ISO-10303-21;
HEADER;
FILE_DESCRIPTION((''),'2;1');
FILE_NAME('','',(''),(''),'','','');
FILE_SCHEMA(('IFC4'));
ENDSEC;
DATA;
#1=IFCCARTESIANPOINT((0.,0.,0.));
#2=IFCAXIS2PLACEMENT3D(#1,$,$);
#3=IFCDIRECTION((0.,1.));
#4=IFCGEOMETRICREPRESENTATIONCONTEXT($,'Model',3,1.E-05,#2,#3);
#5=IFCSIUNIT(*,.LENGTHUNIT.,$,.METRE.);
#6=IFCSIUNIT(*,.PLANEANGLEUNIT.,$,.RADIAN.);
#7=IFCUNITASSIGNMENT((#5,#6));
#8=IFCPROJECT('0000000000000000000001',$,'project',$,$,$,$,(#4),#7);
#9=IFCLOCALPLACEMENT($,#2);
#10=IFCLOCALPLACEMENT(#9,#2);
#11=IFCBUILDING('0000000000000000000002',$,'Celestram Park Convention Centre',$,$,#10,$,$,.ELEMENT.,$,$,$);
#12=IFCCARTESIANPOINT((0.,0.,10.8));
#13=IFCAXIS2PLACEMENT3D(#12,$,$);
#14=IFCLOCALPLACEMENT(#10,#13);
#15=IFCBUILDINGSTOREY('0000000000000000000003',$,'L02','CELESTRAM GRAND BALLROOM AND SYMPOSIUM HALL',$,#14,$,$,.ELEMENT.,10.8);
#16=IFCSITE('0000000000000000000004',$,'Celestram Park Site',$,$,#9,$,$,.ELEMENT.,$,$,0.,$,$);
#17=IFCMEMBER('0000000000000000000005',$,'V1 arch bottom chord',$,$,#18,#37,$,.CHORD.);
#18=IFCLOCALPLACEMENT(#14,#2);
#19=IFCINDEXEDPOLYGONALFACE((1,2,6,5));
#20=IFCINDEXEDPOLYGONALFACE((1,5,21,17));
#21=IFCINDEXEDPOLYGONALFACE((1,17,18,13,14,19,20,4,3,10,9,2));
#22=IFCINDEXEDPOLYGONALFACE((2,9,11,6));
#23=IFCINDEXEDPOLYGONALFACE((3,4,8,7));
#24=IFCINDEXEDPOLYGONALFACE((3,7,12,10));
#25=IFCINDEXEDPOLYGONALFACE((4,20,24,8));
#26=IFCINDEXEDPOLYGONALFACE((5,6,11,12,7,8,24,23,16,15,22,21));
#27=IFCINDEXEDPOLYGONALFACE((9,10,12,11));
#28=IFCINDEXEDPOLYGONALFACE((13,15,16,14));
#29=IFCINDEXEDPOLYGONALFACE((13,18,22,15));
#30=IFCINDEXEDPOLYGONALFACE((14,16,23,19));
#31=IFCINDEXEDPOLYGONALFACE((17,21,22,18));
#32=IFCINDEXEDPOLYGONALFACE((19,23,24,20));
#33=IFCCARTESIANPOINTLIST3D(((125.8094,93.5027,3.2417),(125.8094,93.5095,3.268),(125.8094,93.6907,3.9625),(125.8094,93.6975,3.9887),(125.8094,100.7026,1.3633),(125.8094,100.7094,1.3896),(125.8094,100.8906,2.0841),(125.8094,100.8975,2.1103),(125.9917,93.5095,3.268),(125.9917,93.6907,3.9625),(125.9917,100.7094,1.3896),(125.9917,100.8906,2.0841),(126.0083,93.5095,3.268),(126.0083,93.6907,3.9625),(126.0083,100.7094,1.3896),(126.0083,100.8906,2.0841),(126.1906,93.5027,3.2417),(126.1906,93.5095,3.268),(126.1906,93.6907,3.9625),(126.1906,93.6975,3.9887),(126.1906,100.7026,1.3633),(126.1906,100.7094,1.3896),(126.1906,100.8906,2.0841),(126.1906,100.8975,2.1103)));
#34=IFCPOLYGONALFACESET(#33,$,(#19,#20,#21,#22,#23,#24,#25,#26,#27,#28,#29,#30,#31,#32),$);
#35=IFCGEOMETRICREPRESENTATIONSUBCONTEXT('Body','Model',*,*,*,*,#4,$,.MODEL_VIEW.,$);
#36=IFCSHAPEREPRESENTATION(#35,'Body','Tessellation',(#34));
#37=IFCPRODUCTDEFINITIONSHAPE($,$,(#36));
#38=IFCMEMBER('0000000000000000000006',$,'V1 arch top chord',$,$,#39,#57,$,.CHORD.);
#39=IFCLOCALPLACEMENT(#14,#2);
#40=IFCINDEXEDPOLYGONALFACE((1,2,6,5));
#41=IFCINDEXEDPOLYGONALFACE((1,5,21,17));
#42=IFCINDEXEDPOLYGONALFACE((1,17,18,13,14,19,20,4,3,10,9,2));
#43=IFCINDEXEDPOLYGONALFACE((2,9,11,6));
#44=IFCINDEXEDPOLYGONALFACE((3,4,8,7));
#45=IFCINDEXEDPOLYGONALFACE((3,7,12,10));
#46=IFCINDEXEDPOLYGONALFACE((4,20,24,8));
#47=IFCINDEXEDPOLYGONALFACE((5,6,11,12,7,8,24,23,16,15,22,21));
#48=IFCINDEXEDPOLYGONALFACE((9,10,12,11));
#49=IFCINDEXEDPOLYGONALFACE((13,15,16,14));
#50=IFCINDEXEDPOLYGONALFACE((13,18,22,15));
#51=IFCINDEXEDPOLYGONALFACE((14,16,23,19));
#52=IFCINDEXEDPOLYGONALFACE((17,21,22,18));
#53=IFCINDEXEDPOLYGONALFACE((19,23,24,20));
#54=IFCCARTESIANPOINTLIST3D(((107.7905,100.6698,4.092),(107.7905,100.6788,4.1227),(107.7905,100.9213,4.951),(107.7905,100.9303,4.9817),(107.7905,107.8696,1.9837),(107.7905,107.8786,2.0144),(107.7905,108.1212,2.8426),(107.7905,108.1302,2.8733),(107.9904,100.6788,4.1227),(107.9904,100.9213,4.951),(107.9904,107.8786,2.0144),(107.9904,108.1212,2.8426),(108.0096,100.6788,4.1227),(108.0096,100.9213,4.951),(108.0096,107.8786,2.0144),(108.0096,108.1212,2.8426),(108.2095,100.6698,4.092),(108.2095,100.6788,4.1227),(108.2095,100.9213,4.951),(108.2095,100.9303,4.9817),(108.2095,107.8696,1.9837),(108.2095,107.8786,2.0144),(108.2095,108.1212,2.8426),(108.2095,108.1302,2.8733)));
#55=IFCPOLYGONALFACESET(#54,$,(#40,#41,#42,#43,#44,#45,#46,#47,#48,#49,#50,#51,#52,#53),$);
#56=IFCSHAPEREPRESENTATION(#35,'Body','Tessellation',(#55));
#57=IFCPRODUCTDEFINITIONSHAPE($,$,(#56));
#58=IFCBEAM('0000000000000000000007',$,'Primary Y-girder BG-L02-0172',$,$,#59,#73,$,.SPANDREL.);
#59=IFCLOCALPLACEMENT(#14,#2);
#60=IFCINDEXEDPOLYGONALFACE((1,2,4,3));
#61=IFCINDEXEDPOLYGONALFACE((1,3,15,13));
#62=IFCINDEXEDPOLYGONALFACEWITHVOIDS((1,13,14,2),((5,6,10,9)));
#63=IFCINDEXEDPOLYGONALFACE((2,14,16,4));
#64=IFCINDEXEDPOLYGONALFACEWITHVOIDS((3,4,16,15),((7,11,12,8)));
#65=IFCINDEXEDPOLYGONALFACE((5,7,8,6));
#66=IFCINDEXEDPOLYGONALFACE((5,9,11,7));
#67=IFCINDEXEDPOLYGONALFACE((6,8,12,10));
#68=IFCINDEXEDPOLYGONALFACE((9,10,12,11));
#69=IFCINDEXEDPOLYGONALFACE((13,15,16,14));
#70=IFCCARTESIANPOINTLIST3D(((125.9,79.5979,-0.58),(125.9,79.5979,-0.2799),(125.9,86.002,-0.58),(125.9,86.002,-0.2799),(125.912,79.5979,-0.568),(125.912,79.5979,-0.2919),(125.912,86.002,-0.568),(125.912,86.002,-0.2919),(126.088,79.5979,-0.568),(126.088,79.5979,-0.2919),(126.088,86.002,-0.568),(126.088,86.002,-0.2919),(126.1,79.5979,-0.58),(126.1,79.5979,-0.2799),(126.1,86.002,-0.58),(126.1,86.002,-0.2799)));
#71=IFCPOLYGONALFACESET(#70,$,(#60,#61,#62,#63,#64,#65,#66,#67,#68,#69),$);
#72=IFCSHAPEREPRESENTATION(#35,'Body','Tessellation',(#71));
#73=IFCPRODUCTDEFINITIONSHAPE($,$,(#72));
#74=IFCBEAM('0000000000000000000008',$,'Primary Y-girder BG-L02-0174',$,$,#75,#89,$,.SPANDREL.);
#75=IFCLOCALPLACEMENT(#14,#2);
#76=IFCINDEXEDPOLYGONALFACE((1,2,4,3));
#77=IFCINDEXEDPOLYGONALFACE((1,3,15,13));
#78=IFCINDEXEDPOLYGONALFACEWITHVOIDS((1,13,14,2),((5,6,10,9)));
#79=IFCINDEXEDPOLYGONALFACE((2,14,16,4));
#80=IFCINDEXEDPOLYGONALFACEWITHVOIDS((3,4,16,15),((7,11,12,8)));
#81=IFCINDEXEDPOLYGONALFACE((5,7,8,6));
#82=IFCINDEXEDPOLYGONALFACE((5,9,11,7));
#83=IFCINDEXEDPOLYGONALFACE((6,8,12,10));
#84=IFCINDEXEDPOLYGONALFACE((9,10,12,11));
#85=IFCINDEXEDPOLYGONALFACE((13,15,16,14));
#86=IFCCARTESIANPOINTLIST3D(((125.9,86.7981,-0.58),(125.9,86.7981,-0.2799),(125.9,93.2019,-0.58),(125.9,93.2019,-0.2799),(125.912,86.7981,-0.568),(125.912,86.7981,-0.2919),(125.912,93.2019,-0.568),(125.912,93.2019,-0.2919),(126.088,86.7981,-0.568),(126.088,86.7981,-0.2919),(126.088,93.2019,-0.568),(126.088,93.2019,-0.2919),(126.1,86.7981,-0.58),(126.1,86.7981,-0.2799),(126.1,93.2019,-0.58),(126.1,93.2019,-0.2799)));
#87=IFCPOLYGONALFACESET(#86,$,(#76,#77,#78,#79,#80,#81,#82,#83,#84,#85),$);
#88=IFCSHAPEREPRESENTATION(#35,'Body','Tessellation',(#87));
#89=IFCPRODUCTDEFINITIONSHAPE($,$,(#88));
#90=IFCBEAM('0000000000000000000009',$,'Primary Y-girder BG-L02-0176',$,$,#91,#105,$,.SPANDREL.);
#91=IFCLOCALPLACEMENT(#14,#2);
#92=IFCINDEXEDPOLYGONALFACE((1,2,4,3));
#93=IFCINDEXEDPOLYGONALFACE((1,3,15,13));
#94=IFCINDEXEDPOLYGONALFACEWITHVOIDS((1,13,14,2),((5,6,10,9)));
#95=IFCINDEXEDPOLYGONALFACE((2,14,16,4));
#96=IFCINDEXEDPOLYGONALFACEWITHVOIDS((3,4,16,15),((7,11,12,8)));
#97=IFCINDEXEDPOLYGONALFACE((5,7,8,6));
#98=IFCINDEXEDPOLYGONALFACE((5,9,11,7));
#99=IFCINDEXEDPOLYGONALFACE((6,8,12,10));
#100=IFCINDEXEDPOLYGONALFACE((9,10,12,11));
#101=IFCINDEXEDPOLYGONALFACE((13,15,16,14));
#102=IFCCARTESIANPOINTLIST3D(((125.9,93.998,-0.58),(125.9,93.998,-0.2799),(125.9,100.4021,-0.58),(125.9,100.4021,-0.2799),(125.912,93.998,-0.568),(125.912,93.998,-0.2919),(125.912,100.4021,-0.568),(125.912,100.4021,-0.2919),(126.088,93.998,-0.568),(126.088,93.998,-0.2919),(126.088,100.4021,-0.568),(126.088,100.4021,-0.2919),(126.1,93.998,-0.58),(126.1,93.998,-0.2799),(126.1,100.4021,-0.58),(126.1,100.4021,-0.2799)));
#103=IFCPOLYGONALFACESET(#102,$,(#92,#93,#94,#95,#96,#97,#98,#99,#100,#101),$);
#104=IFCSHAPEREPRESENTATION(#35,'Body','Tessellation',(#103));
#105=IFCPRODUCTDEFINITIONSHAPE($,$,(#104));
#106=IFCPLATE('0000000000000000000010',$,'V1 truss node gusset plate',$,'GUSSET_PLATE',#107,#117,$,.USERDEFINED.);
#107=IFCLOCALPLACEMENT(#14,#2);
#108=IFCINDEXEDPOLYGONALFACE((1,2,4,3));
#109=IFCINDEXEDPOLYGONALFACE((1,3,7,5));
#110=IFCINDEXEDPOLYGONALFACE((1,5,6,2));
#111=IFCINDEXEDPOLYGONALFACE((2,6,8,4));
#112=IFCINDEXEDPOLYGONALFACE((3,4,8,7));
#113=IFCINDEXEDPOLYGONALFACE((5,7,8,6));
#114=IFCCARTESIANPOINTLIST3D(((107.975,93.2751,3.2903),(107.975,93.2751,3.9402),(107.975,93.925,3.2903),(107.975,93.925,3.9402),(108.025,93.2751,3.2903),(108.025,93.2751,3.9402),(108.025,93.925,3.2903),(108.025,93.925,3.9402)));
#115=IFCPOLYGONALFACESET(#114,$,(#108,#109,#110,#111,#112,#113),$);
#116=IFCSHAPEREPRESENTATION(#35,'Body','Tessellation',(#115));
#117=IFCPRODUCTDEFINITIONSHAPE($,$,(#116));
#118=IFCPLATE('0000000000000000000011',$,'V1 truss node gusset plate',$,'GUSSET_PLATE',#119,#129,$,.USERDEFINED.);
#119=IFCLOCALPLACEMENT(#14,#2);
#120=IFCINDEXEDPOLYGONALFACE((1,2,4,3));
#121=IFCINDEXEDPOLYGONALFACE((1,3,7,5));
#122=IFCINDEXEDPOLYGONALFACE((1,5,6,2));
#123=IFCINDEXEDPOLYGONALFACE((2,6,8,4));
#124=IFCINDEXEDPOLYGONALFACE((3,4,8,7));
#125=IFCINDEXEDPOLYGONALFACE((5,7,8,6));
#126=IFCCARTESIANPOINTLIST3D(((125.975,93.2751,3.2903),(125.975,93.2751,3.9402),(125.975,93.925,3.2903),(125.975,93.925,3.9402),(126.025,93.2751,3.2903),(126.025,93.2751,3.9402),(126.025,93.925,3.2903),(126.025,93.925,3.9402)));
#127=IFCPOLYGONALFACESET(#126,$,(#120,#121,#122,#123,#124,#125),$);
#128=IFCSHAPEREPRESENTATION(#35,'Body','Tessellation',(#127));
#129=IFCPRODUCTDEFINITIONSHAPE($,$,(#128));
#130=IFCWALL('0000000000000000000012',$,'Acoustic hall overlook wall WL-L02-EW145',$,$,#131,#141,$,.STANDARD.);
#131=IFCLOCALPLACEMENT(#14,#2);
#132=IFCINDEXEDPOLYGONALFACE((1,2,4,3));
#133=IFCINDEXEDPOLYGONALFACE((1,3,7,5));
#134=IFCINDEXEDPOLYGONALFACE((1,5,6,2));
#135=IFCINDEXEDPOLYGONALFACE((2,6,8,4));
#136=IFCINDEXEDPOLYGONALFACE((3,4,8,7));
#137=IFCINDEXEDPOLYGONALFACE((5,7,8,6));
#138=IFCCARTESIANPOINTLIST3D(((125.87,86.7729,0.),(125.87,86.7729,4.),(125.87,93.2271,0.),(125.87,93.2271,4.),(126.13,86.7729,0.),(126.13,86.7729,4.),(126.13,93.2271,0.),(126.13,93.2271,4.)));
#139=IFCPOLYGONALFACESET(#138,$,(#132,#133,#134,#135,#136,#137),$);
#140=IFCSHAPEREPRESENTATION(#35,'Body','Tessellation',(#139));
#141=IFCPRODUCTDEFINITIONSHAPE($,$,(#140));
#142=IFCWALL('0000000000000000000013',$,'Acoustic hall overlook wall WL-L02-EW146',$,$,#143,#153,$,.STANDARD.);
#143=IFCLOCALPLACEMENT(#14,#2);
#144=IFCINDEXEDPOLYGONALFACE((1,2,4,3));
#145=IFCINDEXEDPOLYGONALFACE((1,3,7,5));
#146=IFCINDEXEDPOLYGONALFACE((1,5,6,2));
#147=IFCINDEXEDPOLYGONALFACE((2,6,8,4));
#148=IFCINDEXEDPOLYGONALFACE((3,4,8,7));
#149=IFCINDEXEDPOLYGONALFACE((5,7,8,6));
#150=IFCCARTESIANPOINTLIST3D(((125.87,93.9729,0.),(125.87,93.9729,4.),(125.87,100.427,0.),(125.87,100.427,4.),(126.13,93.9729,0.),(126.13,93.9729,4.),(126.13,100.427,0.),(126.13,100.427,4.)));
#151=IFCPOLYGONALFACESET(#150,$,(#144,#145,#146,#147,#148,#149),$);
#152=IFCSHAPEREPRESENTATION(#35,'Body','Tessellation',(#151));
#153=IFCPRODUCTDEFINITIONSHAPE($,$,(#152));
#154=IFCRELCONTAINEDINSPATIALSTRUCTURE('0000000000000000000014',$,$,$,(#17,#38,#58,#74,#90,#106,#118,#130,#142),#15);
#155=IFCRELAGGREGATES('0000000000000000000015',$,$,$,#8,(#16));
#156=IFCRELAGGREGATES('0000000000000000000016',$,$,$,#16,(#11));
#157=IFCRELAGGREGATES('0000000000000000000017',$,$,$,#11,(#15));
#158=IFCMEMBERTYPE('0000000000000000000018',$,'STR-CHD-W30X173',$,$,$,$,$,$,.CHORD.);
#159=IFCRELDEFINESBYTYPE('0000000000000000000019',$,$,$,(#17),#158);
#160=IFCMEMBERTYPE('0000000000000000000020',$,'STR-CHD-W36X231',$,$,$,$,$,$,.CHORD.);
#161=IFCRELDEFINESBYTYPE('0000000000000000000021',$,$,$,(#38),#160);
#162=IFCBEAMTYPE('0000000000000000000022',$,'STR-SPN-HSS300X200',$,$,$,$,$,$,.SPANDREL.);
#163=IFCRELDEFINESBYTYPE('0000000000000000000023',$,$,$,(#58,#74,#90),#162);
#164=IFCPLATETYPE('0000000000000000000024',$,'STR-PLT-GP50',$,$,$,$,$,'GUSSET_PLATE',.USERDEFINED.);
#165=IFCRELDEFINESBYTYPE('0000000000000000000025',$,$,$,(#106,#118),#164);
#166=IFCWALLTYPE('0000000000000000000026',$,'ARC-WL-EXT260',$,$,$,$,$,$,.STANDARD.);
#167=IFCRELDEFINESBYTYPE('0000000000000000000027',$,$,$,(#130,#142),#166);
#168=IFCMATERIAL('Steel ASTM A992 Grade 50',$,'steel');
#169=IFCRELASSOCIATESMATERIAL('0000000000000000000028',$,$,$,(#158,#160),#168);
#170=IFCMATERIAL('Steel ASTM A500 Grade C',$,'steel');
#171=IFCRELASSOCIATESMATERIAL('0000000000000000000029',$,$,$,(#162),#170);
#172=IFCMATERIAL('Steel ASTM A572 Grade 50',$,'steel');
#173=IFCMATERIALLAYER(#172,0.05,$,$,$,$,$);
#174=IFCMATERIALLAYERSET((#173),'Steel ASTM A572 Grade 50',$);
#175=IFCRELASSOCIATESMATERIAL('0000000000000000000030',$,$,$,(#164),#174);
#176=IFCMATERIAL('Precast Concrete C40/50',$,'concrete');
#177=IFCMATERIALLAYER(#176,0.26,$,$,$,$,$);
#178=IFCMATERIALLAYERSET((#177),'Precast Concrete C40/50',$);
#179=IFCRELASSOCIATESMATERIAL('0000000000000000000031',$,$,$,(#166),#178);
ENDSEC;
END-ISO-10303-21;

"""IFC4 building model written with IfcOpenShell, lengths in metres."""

from ifc_helpers import new_model, si_unit, direction, frame, frame_2d, origin, origin_2d, place, context, subcontext, project, spatial, rectangle, hollow_rectangle, i_section, extrude, material, layer, layer_set, material_profile, profile_set, type_object, element, save


model = new_model("IFC4")

# Units and contexts
model_context = context("Model", 3, precision=1e-05, world=origin(), true_north=direction((0.0, 1.0)))
body_context = subcontext(model_context, "Body", "Model", "MODEL_VIEW")
ifc_project = project(units=[si_unit("LENGTHUNIT", "METRE"), si_unit("PLANEANGLEUNIT", "RADIAN")], contexts=[model_context])

# Site, building, storey
site_placement = place(None, origin())
site = spatial("IfcSite", under=ifc_project, at=site_placement, Name="Celestram Park Site", CompositionType="ELEMENT", RefElevation=0.0)
building_placement = place(site_placement, origin())
building = spatial("IfcBuilding", under=site, at=building_placement, Name="Celestram Park Convention Centre", CompositionType="ELEMENT")
storey_placement = place(building_placement, frame((0.0, 0.0, 10.8)))
storey = spatial("IfcBuildingStorey", under=building, at=storey_placement, Name="L02", Description="CELESTRAM GRAND BALLROOM AND SYMPOSIUM HALL", CompositionType="ELEMENT", Elevation=10.8)

# Shared definitions
ifc_material_1 = material(Name="Steel ASTM A992 Grade 50", Category="steel")

# Members
ifc_material_2 = material(Name="Steel ASTM A500 Grade C", Category="steel")
ifc_material_profile_1 = material_profile(ifc_material_1, i_section(OverallWidth=0.3811, OverallDepth=0.772, WebThickness=0.0166, FlangeThickness=0.0271, at=origin_2d()), Name="W30X173")
ifc_profile_set_1 = profile_set([ifc_material_profile_1], Name="Steel ASTM A992 Grade 50")
member_type_1 = type_object("IfcMemberType", Name="STR-CHD-W30X173", PredefinedType="CHORD", material=ifc_profile_set_1)
member_1_placement = place(storey_placement, frame((126.0, 93.6001, 3.6152), z_axis=(0.0, 0.967612, -0.252443), x_axis=(-1.0, 0.0, 0.0)))
element("IfcMember", 1, at=member_1_placement, inside=storey, type_object=member_type_1, Name="V1 arch bottom chord", PredefinedType="CHORD", context=body_context, shape_type="SweptSolid", body=[
    extrude(i_section(OverallWidth=0.3811, OverallDepth=0.772, WebThickness=0.0166, FlangeThickness=0.0271, at=origin_2d()), origin(), (0.0, 0.0, 1.0), 7.4409),
])
ifc_material_profile_2 = material_profile(ifc_material_1, i_section(OverallWidth=0.4189, OverallDepth=0.927, WebThickness=0.0193, FlangeThickness=0.032, at=origin_2d()), Name="W36X231")
ifc_profile_set_2 = profile_set([ifc_material_profile_2], Name="Steel ASTM A992 Grade 50")
member_type_2 = type_object("IfcMemberType", Name="STR-CHD-W36X231", PredefinedType="CHORD", material=ifc_profile_set_2)
member_2_placement = place(storey_placement, frame((108.0, 100.8, 4.5369), z_axis=(0.0, 0.959698, -0.281033), x_axis=(-1.0, 0.0, 0.0)))
element("IfcMember", 2, at=member_2_placement, inside=storey, type_object=member_type_2, Name="V1 arch top chord", PredefinedType="CHORD", context=body_context, shape_type="SweptSolid", body=[
    extrude(i_section(OverallWidth=0.4189, OverallDepth=0.927, WebThickness=0.0193, FlangeThickness=0.032, at=origin_2d()), origin(), (0.0, 0.0, 1.0), 7.5022),
])

# Beams
ifc_material_profile_3 = material_profile(ifc_material_2, hollow_rectangle(XDim=0.2, YDim=0.3, WallThickness=0.012, at=origin_2d()), Name="HSS300X200X12")
ifc_profile_set_3 = profile_set([ifc_material_profile_3], Name="Steel ASTM A500 Grade C")
beam_type_1 = type_object("IfcBeamType", Name="STR-SPN-HSS300X200", PredefinedType="SPANDREL", material=ifc_profile_set_3)
beam_1_placement = place(storey_placement, frame((126.0, 79.5979, -0.4299), z_axis=(0.0, 1.0, 0.0), x_axis=(-1.0, 0.0, 0.0)))
element("IfcBeam", 3, at=beam_1_placement, inside=storey, type_object=beam_type_1, Name="Primary Y-girder BG-L02-0172", PredefinedType="SPANDREL", context=body_context, shape_type="SweptSolid", body=[
    extrude(hollow_rectangle(XDim=0.2, YDim=0.3, WallThickness=0.012, at=origin_2d()), origin(), (0.0, 0.0, 1.0), 6.4041),
])
beam_2_placement = place(storey_placement, frame((126.0, 86.7981, -0.4299), z_axis=(0.0, 1.0, 0.0), x_axis=(-1.0, 0.0, 0.0)))
element("IfcBeam", 4, at=beam_2_placement, inside=storey, type_object=beam_type_1, Name="Primary Y-girder BG-L02-0174", PredefinedType="SPANDREL", context=body_context, shape_type="SweptSolid", body=[
    extrude(hollow_rectangle(XDim=0.2, YDim=0.3, WallThickness=0.012, at=origin_2d()), origin(), (0.0, 0.0, 1.0), 6.4038),
])
beam_3_placement = place(storey_placement, frame((126.0, 93.998, -0.4299), z_axis=(0.0, 1.0, 0.0), x_axis=(-1.0, 0.0, 0.0)))
element("IfcBeam", 5, at=beam_3_placement, inside=storey, type_object=beam_type_1, Name="Primary Y-girder BG-L02-0176", PredefinedType="SPANDREL", context=body_context, shape_type="SweptSolid", body=[
    extrude(hollow_rectangle(XDim=0.2, YDim=0.3, WallThickness=0.012, at=origin_2d()), origin(), (0.0, 0.0, 1.0), 6.4041),
])

# Plates
ifc_material_3 = material(Name="Steel ASTM A572 Grade 50", Category="steel")
ifc_layer_1 = layer(ifc_material_3, 0.05)
ifc_layer_set_1 = layer_set([ifc_layer_1], Name="Steel ASTM A572 Grade 50")
plate_type = type_object("IfcPlateType", Name="STR-PLT-GP50", ElementType="GUSSET_PLATE", PredefinedType="USERDEFINED", material=ifc_layer_set_1)
for number, where, z_axis, x_axis, name in (
    (6, (108.0, 93.6001, 3.2903), (0.0, 0.0, 1.0), (0.0, 1.0, 0.0), "V1 truss node gusset plate"),
    (7, (126.0, 93.6001, 3.2903), (0.0, 0.0, 1.0), (0.0, 1.0, 0.0), "V1 truss node gusset plate"),
):
    element("IfcPlate", number, at=place(storey_placement, frame(where, z_axis=z_axis, x_axis=x_axis)), inside=storey, type_object=plate_type, Name=name, ObjectType="GUSSET_PLATE", PredefinedType="USERDEFINED", context=body_context, shape_type="SweptSolid", body=[
        extrude(rectangle(XDim=0.6499, YDim=0.05, at=origin_2d()), origin(), (0.0, 0.0, 1.0), 0.6499),
    ])

# Walls
ifc_material_4 = material(Name="Precast Concrete C40/50", Category="concrete")
ifc_layer_2 = layer(ifc_material_4, 0.26)
ifc_layer_set_2 = layer_set([ifc_layer_2], Name="Precast Concrete C40/50")
wall_type = type_object("IfcWallType", Name="ARC-WL-EXT260", PredefinedType="STANDARD", material=ifc_layer_set_2)
for number, where, z_axis, x_axis, name in (
    (8, (126.0, 86.7729, 0.0), (0.0, 0.0, 1.0), (0.0, 1.0, 0.0), "Acoustic hall overlook wall WL-L02-EW145"),
    (9, (126.0, 93.9729, 0.0), (0.0, 0.0, 1.0), (0.0, 1.0, 0.0), "Acoustic hall overlook wall WL-L02-EW146"),
):
    element("IfcWall", number, at=place(storey_placement, frame(where, z_axis=z_axis, x_axis=x_axis)), inside=storey, type_object=wall_type, Name=name, PredefinedType="STANDARD", context=body_context, shape_type="SweptSolid", body=[
        extrude(rectangle(XDim=6.4541, YDim=0.26, at=frame_2d((3.2271, 0.0))), origin(), (0.0, 0.0, 1.0), 4.0),
    ])

save(model, "model.ifc")
